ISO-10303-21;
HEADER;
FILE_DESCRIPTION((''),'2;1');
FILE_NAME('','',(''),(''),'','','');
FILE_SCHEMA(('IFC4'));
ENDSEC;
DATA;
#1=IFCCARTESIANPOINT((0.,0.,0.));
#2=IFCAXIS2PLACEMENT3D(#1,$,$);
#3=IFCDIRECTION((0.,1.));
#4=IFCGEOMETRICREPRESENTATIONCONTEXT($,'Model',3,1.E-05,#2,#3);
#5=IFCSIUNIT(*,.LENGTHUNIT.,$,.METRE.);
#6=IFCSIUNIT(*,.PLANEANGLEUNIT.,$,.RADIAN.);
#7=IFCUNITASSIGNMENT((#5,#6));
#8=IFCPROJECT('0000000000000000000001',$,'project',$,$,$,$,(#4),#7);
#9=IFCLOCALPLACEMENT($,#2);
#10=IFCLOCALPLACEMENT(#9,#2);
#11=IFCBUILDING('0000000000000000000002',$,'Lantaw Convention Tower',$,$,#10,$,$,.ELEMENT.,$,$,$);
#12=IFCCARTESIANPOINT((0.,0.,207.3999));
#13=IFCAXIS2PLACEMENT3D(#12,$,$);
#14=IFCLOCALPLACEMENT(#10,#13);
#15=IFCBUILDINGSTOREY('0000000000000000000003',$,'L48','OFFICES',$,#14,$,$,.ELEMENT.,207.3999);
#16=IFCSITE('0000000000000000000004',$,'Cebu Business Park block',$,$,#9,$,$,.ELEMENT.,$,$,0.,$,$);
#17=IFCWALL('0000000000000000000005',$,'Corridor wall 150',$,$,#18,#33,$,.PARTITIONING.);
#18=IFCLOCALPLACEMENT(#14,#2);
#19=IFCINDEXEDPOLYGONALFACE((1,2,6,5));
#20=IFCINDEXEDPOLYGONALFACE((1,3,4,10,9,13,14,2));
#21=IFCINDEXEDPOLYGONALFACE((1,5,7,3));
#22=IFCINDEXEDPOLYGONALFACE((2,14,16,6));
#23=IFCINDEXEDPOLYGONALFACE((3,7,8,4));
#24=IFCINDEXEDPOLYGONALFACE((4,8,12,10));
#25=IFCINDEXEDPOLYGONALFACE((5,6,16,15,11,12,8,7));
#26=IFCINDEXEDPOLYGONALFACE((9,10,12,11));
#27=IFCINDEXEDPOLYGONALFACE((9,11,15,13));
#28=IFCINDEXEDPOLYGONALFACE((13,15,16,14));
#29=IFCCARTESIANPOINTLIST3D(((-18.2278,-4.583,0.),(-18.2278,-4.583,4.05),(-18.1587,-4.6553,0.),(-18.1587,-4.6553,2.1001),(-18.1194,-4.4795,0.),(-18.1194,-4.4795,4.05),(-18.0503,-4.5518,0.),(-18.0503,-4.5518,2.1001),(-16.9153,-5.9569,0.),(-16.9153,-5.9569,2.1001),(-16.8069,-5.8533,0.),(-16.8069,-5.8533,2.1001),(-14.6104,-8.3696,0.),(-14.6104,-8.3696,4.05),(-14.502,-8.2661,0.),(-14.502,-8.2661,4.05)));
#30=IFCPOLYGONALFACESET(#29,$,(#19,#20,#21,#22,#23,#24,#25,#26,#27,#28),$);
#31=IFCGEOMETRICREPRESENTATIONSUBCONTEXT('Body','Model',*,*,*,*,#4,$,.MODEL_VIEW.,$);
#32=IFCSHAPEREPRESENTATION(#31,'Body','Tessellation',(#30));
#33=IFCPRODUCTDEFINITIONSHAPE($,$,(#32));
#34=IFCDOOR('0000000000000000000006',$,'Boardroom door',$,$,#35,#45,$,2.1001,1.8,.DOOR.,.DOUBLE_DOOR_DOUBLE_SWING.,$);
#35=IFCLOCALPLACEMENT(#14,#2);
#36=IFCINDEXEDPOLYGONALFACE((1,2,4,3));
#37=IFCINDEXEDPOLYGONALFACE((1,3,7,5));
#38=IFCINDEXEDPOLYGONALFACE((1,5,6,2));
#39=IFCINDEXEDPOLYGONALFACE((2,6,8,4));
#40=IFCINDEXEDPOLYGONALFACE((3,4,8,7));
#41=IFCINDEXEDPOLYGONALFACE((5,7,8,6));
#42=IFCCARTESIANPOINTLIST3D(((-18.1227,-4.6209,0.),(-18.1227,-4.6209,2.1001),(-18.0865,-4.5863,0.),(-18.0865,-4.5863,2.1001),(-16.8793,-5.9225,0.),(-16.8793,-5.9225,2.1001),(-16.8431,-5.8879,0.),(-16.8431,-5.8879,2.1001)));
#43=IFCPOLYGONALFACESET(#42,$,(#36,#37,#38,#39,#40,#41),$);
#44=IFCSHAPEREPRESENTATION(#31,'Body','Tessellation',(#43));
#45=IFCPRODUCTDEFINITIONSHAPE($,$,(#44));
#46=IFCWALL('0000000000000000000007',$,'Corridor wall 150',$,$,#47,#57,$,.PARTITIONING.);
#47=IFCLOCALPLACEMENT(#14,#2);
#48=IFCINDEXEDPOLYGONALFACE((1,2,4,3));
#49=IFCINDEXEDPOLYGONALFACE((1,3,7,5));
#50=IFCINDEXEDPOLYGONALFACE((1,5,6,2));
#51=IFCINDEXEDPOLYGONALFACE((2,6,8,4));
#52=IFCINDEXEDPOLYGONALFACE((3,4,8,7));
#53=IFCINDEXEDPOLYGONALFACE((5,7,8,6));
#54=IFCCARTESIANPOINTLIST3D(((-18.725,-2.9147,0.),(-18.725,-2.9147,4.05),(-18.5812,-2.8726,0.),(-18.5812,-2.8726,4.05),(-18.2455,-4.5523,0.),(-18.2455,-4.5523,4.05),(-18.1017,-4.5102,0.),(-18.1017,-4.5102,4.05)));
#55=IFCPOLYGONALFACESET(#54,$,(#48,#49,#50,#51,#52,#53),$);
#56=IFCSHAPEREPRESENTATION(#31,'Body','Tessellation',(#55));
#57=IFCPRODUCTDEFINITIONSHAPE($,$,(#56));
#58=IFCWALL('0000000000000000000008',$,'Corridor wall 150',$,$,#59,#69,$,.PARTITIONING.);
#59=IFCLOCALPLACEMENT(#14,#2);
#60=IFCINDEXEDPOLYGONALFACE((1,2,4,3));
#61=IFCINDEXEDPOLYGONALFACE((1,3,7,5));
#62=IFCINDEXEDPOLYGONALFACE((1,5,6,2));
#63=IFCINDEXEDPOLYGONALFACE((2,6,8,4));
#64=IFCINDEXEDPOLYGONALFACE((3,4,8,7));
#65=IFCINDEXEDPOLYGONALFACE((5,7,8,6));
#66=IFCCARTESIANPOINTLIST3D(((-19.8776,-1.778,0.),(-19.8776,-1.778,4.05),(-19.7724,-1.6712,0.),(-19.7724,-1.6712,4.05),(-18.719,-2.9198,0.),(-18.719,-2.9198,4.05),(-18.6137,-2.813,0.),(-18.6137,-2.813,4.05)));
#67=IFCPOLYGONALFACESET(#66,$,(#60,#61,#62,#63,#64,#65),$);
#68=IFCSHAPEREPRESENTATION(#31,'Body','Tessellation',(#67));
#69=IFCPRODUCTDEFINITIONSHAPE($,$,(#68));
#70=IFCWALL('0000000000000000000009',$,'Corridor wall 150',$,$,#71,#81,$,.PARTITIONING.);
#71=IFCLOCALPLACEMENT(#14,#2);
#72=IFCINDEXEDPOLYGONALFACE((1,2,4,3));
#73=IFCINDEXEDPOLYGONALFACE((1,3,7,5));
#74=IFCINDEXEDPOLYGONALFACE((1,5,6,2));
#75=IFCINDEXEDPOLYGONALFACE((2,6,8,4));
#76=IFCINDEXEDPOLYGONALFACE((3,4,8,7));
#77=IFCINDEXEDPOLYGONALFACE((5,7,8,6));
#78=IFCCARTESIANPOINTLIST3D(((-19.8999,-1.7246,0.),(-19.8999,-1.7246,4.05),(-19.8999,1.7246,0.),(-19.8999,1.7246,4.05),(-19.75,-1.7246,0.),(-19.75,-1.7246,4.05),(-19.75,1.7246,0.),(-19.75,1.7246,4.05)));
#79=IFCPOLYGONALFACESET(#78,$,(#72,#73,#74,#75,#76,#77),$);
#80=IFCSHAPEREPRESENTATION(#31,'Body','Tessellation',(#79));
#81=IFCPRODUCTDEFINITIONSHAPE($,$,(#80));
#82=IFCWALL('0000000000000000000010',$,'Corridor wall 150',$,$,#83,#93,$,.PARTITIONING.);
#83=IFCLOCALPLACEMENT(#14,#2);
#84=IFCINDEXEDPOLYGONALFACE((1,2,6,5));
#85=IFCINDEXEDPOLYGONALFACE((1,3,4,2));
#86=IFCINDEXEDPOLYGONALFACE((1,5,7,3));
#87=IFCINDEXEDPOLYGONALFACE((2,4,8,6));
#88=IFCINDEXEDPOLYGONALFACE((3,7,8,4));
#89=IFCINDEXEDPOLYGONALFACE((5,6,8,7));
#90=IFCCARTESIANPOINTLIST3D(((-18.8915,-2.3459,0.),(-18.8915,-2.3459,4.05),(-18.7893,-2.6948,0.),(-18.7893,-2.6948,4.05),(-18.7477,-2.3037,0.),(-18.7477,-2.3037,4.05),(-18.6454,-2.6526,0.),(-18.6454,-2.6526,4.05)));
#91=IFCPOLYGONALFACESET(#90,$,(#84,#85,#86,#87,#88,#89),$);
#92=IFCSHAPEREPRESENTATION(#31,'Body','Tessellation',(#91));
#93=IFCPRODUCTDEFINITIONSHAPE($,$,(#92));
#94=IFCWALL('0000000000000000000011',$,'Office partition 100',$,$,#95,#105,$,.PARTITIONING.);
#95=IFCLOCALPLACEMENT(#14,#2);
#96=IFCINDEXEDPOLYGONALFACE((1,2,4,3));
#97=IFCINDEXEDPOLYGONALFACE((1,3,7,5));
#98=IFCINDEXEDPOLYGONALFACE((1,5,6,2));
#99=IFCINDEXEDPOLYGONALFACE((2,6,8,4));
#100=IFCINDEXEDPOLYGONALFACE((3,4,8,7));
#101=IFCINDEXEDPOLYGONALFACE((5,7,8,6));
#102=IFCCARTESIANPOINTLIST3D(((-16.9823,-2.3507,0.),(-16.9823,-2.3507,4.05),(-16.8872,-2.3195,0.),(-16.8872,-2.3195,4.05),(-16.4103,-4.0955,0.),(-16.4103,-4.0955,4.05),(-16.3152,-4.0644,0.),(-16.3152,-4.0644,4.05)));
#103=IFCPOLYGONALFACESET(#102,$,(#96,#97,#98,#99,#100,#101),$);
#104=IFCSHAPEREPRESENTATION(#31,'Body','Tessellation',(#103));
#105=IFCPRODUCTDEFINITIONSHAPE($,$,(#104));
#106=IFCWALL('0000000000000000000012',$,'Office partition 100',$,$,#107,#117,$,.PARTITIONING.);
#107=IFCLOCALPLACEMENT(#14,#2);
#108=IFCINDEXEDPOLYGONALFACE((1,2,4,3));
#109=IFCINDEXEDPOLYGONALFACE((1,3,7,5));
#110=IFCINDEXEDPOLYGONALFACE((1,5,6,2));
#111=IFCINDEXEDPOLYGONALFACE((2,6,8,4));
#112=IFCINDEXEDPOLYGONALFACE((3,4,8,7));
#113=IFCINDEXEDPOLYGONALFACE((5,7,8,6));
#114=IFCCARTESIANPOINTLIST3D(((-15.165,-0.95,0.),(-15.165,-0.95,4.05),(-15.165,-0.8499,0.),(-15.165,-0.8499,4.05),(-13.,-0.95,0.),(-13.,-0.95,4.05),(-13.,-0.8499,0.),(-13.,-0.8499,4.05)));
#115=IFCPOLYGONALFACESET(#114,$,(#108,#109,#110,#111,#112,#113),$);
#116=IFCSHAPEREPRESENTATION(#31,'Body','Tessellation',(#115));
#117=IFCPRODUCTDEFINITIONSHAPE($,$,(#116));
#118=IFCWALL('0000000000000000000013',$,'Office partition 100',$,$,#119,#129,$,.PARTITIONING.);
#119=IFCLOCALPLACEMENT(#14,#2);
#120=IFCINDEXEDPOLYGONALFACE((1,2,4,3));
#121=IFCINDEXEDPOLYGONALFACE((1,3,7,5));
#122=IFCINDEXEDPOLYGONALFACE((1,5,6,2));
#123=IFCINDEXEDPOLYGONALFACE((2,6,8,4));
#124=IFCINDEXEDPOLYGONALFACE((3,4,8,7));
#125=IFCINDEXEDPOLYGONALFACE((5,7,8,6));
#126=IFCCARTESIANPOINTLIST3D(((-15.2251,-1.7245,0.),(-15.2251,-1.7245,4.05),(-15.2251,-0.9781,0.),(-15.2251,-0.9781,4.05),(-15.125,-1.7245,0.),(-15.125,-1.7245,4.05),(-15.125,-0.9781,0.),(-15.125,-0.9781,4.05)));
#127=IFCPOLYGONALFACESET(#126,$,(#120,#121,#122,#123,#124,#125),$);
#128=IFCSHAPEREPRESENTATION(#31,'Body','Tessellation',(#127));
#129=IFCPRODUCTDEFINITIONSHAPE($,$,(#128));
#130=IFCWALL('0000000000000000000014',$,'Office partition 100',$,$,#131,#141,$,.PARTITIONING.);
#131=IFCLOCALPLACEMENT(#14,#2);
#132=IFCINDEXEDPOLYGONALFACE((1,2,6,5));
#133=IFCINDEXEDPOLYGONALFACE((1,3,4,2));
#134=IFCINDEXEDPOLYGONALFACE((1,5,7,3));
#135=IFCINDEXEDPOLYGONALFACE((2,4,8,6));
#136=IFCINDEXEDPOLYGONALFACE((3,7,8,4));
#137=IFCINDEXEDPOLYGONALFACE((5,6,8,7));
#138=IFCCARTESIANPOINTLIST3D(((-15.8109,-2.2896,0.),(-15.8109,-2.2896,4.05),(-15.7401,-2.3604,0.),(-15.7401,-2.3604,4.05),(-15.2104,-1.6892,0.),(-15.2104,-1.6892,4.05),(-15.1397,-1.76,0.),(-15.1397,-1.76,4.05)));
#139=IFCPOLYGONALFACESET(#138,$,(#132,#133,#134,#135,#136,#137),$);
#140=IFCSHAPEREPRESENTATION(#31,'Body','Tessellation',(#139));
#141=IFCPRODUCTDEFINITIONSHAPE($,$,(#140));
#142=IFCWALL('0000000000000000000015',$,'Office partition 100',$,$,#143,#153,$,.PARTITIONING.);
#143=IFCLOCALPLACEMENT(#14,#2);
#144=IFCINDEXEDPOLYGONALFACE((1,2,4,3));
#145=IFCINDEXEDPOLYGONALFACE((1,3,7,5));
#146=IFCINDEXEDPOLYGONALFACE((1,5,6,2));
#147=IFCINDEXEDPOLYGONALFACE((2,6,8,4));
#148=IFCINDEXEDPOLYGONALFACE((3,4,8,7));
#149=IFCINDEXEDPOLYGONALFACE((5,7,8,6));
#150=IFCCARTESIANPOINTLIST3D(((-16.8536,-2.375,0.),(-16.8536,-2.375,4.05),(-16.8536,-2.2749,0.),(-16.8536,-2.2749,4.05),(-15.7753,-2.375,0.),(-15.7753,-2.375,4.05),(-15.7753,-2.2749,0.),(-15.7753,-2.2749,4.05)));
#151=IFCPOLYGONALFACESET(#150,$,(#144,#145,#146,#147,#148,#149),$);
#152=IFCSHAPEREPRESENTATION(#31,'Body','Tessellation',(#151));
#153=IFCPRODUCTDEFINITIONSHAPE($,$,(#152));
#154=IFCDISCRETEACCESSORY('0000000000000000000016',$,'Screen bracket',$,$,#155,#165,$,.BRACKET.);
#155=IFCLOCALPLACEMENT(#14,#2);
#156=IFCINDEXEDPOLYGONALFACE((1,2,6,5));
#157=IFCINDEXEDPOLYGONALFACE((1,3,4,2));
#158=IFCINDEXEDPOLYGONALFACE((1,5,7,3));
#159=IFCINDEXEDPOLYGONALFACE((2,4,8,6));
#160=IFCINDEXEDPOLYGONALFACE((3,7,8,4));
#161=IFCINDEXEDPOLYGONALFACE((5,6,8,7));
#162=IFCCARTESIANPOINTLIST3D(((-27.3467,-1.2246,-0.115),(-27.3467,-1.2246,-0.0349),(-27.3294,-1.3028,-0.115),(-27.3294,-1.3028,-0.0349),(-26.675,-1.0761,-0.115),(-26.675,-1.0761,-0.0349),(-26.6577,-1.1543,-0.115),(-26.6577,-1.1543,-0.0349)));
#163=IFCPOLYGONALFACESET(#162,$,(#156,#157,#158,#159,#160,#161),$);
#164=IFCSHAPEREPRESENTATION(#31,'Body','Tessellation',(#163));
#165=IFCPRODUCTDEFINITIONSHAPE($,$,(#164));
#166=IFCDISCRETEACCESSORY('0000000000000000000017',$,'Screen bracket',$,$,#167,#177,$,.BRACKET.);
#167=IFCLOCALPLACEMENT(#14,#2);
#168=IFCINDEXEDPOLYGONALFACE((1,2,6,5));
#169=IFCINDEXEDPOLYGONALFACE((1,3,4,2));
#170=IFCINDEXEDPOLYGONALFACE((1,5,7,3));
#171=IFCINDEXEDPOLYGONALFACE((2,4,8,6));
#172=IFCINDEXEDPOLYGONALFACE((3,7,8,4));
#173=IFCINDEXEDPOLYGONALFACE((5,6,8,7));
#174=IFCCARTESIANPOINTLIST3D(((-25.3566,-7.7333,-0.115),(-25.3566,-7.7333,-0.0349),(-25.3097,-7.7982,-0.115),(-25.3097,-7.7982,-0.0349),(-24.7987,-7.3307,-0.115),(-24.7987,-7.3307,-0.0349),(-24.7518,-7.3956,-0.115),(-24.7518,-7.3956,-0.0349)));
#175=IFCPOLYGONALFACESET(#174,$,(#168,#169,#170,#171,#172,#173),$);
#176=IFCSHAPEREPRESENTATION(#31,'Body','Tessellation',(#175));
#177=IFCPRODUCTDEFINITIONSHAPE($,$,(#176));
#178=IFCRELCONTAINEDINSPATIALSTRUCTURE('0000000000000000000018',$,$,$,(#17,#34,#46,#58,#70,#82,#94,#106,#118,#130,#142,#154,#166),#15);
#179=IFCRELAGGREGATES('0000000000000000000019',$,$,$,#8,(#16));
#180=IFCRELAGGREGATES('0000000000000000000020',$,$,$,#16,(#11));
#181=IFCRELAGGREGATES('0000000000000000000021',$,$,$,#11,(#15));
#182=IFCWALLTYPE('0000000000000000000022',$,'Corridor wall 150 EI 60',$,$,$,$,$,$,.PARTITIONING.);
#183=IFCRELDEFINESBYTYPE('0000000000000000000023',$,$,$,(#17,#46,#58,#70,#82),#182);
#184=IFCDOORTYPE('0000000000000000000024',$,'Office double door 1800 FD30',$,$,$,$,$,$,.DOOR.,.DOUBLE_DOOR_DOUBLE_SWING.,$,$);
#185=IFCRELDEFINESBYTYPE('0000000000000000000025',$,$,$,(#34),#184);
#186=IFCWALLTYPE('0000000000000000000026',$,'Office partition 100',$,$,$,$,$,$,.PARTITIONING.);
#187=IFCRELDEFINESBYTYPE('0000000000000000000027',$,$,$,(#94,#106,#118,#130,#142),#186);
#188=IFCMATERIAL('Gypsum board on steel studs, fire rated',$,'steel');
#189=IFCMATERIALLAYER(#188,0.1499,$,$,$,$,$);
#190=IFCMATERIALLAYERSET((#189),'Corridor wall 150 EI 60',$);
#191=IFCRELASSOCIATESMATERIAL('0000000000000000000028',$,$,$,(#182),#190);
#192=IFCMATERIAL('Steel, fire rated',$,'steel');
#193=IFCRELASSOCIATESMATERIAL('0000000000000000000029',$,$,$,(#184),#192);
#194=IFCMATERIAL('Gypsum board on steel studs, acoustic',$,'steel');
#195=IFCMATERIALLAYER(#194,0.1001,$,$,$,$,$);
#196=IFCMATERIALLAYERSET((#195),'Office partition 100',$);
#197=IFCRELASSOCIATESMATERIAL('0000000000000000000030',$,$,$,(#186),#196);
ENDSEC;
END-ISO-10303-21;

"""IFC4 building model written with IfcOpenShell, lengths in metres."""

from ifc_helpers import new_model, si_unit, direction, frame, frame_2d, origin, origin_2d, place, context, subcontext, project, spatial, rectangle, extrude, material, layer, layer_set, type_object, element, fill, save


model = new_model("IFC4")

# Units and contexts
model_context = context("Model", 3, precision=1e-05, world=origin(), true_north=direction((0.0, 1.0)))
body_context = subcontext(model_context, "Body", "Model", "MODEL_VIEW")
ifc_project = project(units=[si_unit("LENGTHUNIT", "METRE"), si_unit("PLANEANGLEUNIT", "RADIAN")], contexts=[model_context])

# Site, building, storey
site_placement = place(None, origin())
site = spatial("IfcSite", under=ifc_project, at=site_placement, Name="Cebu Business Park block", CompositionType="ELEMENT", RefElevation=0.0)
building_placement = place(site_placement, origin())
building = spatial("IfcBuilding", under=site, at=building_placement, Name="Lantaw Convention Tower", CompositionType="ELEMENT")
storey_placement = place(building_placement, frame((0.0, 0.0, 207.3999)))
storey = spatial("IfcBuildingStorey", under=building, at=storey_placement, Name="L48", Description="OFFICES", CompositionType="ELEMENT", Elevation=207.3999)

# Wall, opening, door
ifc_material_1 = material(Name="Gypsum board on steel studs, fire rated", Category="steel")
ifc_layer_1 = layer(ifc_material_1, 0.1499)
ifc_layer_set_1 = layer_set([ifc_layer_1], Name="Corridor wall 150 EI 60")
wall_type_1 = type_object("IfcWallType", Name="Corridor wall 150 EI 60", PredefinedType="PARTITIONING", material=ifc_layer_set_1)
wall_1_placement = place(storey_placement, frame((-18.1736, -4.5312, 0.0), z_axis=(0.0, 0.0, 1.0), x_axis=(0.690768, -0.723076, 0.0)))
wall_1 = element("IfcWall", 1, at=wall_1_placement, inside=storey, type_object=wall_type_1, Name="Corridor wall 150", PredefinedType="PARTITIONING", context=body_context, shape_type="SweptSolid", body=[
    extrude(rectangle(XDim=5.2368, YDim=0.1499, at=frame_2d((2.6184, 0.0))), origin(), (0.0, 0.0, 1.0), 4.05),
])
opening_placement = place(wall_1_placement, frame((0.1001, 0.0, 0.0)))
opening = element("IfcOpeningElement", 2, at=opening_placement, cuts=wall_1, PredefinedType="OPENING", context=body_context, shape_type="SweptSolid", body=[
    extrude(rectangle(XDim=1.8, YDim=2.1001, at=frame_2d((0.8999, 1.05))), frame((0.0, 0.085, 0.0), z_axis=(0.0, -1.0, 0.0), x_axis=(1.0, 0.0, 0.0)), (0.0, 0.0, 1.0), 0.1699),
])
ifc_material_2 = material(Name="Steel, fire rated", Category="steel")
door_type = type_object("IfcDoorType", Name="Office double door 1800 FD30", OperationType="DOUBLE_DOOR_DOUBLE_SWING", PredefinedType="DOOR", material=ifc_material_2)
door_placement = place(opening_placement, origin())
door = element("IfcDoor", 3, at=door_placement, inside=storey, type_object=door_type, Name="Boardroom door", OperationType="DOUBLE_DOOR_DOUBLE_SWING", OverallHeight=2.1001, OverallWidth=1.8, PredefinedType="DOOR", context=body_context, shape_type="SweptSolid", body=[
    extrude(rectangle(XDim=1.8, YDim=2.1001, at=frame_2d((0.8999, 1.05))), frame((0.0, 0.0249, 0.0), z_axis=(0.0, -1.0, 0.0), x_axis=(1.0, 0.0, 0.0)), (0.0, 0.0, 1.0), 0.05),
])
fill(opening, door)

# Walls
wall_2_placement = place(storey_placement, frame((-18.6531, -2.8938, 0.0), z_axis=(0.0, 0.0, 1.0), x_axis=(0.281027, -0.9597, 0.0)))
element("IfcWall", 4, at=wall_2_placement, inside=storey, type_object=wall_type_1, Name="Corridor wall 150", PredefinedType="PARTITIONING", context=body_context, shape_type="SweptSolid", body=[
    extrude(rectangle(XDim=1.7063, YDim=0.1499, at=frame_2d((0.853, 0.0))), origin(), (0.0, 0.0, 1.0), 4.05),
])
wall_3_placement = place(storey_placement, frame((-18.6663, -2.8665, 0.0), z_axis=(0.0, 0.0, 1.0), x_axis=(-0.712265, 0.70191, 0.0)))
element("IfcWall", 5, at=wall_3_placement, inside=storey, type_object=wall_type_1, Name="Corridor wall 150", PredefinedType="PARTITIONING", context=body_context, shape_type="SweptSolid", body=[
    extrude(rectangle(XDim=1.6267, YDim=0.1499, at=frame_2d((0.8135, 0.0))), origin(), (0.0, 0.0, 1.0), 4.05),
])
wall_4_placement = place(storey_placement, frame((-19.825, -1.7246, 0.0), z_axis=(0.0, 0.0, 1.0), x_axis=(0.0, 1.0, 0.0)))
element("IfcWall", 6, at=wall_4_placement, inside=storey, type_object=wall_type_1, Name="Corridor wall 150", PredefinedType="PARTITIONING", context=body_context, shape_type="SweptSolid", body=[
    extrude(rectangle(XDim=3.4492, YDim=0.1499, at=frame_2d((1.7246, 0.0))), origin(), (0.0, 0.0, 1.0), 4.05),
])
wall_5_placement = place(storey_placement, frame((-18.8196, -2.325, 0.0), z_axis=(0.0, 0.0, 1.0), x_axis=(0.281366, -0.9596, 0.0)))
element("IfcWall", 7, at=wall_5_placement, inside=storey, type_object=wall_type_1, Name="Corridor wall 150", PredefinedType="PARTITIONING", context=body_context, shape_type="SweptSolid", body=[
    extrude(rectangle(XDim=0.3635, YDim=0.1499, at=frame_2d((0.1816, 0.0))), origin(), (0.0, 0.0, 1.0), 4.05),
])
ifc_material_3 = material(Name="Gypsum board on steel studs, acoustic", Category="steel")
ifc_layer_2 = layer(ifc_material_3, 0.1001)
ifc_layer_set_2 = layer_set([ifc_layer_2], Name="Office partition 100")
wall_type_2 = type_object("IfcWallType", Name="Office partition 100", PredefinedType="PARTITIONING", material=ifc_layer_set_2)
wall_6_placement = place(storey_placement, frame((-16.3628, -4.0798, 0.0), z_axis=(0.0, 0.0, 1.0), x_axis=(-0.311517, 0.950241, 0.0)))
element("IfcWall", 8, at=wall_6_placement, inside=storey, type_object=wall_type_2, Name="Office partition 100", PredefinedType="PARTITIONING", context=body_context, shape_type="SweptSolid", body=[
    extrude(rectangle(XDim=1.8362, YDim=0.1001, at=frame_2d((0.918, 0.0))), origin(), (0.0, 0.0, 1.0), 4.05),
])
wall_7_placement = place(storey_placement, frame((-15.165, -0.8999, 0.0), z_axis=(0.0, 0.0, 1.0), x_axis=(1.0, 0.0, 0.0)))
element("IfcWall", 9, at=wall_7_placement, inside=storey, type_object=wall_type_2, Name="Office partition 100", PredefinedType="PARTITIONING", context=body_context, shape_type="SweptSolid", body=[
    extrude(rectangle(XDim=2.165, YDim=0.1001, at=frame_2d((1.0825, 0.0))), origin(), (0.0, 0.0, 1.0), 4.05),
])
wall_8_placement = place(storey_placement, frame((-15.175, -0.9783, 0.0), z_axis=(0.0, 0.0, 1.0), x_axis=(0.0, -1.0, 0.0)))
element("IfcWall", 10, at=wall_8_placement, inside=storey, type_object=wall_type_2, Name="Office partition 100", PredefinedType="PARTITIONING", context=body_context, shape_type="SweptSolid", body=[
    extrude(rectangle(XDim=0.7463, YDim=0.1001, at=frame_2d((0.373, 0.0))), origin(), (0.0, 0.0, 1.0), 4.05),
])
wall_9_placement = place(storey_placement, frame((-15.175, -1.7246, 0.0), z_axis=(0.0, 0.0, 1.0), x_axis=(-0.707107, -0.707107, 0.0)))
element("IfcWall", 11, at=wall_9_placement, inside=storey, type_object=wall_type_2, Name="Office partition 100", PredefinedType="PARTITIONING", context=body_context, shape_type="SweptSolid", body=[
    extrude(rectangle(XDim=0.8491, YDim=0.1001, at=frame_2d((0.4246, 0.0))), origin(), (0.0, 0.0, 1.0), 4.05),
])
wall_10_placement = place(storey_placement, frame((-15.7754, -2.325, 0.0), z_axis=(0.0, 0.0, 1.0), x_axis=(-1.0, 0.0, 0.0)))
element("IfcWall", 12, at=wall_10_placement, inside=storey, type_object=wall_type_2, Name="Office partition 100", PredefinedType="PARTITIONING", context=body_context, shape_type="SweptSolid", body=[
    extrude(rectangle(XDim=1.0784, YDim=0.1001, at=frame_2d((0.5391, 0.0))), origin(), (0.0, 0.0, 1.0), 4.05),
])

# Discrete accessories
for number, where, z_axis, x_axis, name in (
    (13, (-27.0022, -1.1895, -0.115), (0.0, 0.0, 1.0), (0.215891, -0.976417, 0.0), "Screen bracket"),
    (14, (-25.0542, -7.5645, -0.115), (0.0, 0.0, 1.0), (0.585158, -0.81092, 0.0), "Screen bracket"),
):
    element("IfcDiscreteAccessory", number, at=place(storey_placement, frame(where, z_axis=z_axis, x_axis=x_axis)), inside=storey, Name=name, PredefinedType="BRACKET", context=body_context, shape_type="SweptSolid", body=[
        extrude(rectangle(XDim=0.0801, YDim=0.688, at=origin_2d()), origin(), (0.0, 0.0, 1.0), 0.0801),
    ])

save(model, "model.ifc")
